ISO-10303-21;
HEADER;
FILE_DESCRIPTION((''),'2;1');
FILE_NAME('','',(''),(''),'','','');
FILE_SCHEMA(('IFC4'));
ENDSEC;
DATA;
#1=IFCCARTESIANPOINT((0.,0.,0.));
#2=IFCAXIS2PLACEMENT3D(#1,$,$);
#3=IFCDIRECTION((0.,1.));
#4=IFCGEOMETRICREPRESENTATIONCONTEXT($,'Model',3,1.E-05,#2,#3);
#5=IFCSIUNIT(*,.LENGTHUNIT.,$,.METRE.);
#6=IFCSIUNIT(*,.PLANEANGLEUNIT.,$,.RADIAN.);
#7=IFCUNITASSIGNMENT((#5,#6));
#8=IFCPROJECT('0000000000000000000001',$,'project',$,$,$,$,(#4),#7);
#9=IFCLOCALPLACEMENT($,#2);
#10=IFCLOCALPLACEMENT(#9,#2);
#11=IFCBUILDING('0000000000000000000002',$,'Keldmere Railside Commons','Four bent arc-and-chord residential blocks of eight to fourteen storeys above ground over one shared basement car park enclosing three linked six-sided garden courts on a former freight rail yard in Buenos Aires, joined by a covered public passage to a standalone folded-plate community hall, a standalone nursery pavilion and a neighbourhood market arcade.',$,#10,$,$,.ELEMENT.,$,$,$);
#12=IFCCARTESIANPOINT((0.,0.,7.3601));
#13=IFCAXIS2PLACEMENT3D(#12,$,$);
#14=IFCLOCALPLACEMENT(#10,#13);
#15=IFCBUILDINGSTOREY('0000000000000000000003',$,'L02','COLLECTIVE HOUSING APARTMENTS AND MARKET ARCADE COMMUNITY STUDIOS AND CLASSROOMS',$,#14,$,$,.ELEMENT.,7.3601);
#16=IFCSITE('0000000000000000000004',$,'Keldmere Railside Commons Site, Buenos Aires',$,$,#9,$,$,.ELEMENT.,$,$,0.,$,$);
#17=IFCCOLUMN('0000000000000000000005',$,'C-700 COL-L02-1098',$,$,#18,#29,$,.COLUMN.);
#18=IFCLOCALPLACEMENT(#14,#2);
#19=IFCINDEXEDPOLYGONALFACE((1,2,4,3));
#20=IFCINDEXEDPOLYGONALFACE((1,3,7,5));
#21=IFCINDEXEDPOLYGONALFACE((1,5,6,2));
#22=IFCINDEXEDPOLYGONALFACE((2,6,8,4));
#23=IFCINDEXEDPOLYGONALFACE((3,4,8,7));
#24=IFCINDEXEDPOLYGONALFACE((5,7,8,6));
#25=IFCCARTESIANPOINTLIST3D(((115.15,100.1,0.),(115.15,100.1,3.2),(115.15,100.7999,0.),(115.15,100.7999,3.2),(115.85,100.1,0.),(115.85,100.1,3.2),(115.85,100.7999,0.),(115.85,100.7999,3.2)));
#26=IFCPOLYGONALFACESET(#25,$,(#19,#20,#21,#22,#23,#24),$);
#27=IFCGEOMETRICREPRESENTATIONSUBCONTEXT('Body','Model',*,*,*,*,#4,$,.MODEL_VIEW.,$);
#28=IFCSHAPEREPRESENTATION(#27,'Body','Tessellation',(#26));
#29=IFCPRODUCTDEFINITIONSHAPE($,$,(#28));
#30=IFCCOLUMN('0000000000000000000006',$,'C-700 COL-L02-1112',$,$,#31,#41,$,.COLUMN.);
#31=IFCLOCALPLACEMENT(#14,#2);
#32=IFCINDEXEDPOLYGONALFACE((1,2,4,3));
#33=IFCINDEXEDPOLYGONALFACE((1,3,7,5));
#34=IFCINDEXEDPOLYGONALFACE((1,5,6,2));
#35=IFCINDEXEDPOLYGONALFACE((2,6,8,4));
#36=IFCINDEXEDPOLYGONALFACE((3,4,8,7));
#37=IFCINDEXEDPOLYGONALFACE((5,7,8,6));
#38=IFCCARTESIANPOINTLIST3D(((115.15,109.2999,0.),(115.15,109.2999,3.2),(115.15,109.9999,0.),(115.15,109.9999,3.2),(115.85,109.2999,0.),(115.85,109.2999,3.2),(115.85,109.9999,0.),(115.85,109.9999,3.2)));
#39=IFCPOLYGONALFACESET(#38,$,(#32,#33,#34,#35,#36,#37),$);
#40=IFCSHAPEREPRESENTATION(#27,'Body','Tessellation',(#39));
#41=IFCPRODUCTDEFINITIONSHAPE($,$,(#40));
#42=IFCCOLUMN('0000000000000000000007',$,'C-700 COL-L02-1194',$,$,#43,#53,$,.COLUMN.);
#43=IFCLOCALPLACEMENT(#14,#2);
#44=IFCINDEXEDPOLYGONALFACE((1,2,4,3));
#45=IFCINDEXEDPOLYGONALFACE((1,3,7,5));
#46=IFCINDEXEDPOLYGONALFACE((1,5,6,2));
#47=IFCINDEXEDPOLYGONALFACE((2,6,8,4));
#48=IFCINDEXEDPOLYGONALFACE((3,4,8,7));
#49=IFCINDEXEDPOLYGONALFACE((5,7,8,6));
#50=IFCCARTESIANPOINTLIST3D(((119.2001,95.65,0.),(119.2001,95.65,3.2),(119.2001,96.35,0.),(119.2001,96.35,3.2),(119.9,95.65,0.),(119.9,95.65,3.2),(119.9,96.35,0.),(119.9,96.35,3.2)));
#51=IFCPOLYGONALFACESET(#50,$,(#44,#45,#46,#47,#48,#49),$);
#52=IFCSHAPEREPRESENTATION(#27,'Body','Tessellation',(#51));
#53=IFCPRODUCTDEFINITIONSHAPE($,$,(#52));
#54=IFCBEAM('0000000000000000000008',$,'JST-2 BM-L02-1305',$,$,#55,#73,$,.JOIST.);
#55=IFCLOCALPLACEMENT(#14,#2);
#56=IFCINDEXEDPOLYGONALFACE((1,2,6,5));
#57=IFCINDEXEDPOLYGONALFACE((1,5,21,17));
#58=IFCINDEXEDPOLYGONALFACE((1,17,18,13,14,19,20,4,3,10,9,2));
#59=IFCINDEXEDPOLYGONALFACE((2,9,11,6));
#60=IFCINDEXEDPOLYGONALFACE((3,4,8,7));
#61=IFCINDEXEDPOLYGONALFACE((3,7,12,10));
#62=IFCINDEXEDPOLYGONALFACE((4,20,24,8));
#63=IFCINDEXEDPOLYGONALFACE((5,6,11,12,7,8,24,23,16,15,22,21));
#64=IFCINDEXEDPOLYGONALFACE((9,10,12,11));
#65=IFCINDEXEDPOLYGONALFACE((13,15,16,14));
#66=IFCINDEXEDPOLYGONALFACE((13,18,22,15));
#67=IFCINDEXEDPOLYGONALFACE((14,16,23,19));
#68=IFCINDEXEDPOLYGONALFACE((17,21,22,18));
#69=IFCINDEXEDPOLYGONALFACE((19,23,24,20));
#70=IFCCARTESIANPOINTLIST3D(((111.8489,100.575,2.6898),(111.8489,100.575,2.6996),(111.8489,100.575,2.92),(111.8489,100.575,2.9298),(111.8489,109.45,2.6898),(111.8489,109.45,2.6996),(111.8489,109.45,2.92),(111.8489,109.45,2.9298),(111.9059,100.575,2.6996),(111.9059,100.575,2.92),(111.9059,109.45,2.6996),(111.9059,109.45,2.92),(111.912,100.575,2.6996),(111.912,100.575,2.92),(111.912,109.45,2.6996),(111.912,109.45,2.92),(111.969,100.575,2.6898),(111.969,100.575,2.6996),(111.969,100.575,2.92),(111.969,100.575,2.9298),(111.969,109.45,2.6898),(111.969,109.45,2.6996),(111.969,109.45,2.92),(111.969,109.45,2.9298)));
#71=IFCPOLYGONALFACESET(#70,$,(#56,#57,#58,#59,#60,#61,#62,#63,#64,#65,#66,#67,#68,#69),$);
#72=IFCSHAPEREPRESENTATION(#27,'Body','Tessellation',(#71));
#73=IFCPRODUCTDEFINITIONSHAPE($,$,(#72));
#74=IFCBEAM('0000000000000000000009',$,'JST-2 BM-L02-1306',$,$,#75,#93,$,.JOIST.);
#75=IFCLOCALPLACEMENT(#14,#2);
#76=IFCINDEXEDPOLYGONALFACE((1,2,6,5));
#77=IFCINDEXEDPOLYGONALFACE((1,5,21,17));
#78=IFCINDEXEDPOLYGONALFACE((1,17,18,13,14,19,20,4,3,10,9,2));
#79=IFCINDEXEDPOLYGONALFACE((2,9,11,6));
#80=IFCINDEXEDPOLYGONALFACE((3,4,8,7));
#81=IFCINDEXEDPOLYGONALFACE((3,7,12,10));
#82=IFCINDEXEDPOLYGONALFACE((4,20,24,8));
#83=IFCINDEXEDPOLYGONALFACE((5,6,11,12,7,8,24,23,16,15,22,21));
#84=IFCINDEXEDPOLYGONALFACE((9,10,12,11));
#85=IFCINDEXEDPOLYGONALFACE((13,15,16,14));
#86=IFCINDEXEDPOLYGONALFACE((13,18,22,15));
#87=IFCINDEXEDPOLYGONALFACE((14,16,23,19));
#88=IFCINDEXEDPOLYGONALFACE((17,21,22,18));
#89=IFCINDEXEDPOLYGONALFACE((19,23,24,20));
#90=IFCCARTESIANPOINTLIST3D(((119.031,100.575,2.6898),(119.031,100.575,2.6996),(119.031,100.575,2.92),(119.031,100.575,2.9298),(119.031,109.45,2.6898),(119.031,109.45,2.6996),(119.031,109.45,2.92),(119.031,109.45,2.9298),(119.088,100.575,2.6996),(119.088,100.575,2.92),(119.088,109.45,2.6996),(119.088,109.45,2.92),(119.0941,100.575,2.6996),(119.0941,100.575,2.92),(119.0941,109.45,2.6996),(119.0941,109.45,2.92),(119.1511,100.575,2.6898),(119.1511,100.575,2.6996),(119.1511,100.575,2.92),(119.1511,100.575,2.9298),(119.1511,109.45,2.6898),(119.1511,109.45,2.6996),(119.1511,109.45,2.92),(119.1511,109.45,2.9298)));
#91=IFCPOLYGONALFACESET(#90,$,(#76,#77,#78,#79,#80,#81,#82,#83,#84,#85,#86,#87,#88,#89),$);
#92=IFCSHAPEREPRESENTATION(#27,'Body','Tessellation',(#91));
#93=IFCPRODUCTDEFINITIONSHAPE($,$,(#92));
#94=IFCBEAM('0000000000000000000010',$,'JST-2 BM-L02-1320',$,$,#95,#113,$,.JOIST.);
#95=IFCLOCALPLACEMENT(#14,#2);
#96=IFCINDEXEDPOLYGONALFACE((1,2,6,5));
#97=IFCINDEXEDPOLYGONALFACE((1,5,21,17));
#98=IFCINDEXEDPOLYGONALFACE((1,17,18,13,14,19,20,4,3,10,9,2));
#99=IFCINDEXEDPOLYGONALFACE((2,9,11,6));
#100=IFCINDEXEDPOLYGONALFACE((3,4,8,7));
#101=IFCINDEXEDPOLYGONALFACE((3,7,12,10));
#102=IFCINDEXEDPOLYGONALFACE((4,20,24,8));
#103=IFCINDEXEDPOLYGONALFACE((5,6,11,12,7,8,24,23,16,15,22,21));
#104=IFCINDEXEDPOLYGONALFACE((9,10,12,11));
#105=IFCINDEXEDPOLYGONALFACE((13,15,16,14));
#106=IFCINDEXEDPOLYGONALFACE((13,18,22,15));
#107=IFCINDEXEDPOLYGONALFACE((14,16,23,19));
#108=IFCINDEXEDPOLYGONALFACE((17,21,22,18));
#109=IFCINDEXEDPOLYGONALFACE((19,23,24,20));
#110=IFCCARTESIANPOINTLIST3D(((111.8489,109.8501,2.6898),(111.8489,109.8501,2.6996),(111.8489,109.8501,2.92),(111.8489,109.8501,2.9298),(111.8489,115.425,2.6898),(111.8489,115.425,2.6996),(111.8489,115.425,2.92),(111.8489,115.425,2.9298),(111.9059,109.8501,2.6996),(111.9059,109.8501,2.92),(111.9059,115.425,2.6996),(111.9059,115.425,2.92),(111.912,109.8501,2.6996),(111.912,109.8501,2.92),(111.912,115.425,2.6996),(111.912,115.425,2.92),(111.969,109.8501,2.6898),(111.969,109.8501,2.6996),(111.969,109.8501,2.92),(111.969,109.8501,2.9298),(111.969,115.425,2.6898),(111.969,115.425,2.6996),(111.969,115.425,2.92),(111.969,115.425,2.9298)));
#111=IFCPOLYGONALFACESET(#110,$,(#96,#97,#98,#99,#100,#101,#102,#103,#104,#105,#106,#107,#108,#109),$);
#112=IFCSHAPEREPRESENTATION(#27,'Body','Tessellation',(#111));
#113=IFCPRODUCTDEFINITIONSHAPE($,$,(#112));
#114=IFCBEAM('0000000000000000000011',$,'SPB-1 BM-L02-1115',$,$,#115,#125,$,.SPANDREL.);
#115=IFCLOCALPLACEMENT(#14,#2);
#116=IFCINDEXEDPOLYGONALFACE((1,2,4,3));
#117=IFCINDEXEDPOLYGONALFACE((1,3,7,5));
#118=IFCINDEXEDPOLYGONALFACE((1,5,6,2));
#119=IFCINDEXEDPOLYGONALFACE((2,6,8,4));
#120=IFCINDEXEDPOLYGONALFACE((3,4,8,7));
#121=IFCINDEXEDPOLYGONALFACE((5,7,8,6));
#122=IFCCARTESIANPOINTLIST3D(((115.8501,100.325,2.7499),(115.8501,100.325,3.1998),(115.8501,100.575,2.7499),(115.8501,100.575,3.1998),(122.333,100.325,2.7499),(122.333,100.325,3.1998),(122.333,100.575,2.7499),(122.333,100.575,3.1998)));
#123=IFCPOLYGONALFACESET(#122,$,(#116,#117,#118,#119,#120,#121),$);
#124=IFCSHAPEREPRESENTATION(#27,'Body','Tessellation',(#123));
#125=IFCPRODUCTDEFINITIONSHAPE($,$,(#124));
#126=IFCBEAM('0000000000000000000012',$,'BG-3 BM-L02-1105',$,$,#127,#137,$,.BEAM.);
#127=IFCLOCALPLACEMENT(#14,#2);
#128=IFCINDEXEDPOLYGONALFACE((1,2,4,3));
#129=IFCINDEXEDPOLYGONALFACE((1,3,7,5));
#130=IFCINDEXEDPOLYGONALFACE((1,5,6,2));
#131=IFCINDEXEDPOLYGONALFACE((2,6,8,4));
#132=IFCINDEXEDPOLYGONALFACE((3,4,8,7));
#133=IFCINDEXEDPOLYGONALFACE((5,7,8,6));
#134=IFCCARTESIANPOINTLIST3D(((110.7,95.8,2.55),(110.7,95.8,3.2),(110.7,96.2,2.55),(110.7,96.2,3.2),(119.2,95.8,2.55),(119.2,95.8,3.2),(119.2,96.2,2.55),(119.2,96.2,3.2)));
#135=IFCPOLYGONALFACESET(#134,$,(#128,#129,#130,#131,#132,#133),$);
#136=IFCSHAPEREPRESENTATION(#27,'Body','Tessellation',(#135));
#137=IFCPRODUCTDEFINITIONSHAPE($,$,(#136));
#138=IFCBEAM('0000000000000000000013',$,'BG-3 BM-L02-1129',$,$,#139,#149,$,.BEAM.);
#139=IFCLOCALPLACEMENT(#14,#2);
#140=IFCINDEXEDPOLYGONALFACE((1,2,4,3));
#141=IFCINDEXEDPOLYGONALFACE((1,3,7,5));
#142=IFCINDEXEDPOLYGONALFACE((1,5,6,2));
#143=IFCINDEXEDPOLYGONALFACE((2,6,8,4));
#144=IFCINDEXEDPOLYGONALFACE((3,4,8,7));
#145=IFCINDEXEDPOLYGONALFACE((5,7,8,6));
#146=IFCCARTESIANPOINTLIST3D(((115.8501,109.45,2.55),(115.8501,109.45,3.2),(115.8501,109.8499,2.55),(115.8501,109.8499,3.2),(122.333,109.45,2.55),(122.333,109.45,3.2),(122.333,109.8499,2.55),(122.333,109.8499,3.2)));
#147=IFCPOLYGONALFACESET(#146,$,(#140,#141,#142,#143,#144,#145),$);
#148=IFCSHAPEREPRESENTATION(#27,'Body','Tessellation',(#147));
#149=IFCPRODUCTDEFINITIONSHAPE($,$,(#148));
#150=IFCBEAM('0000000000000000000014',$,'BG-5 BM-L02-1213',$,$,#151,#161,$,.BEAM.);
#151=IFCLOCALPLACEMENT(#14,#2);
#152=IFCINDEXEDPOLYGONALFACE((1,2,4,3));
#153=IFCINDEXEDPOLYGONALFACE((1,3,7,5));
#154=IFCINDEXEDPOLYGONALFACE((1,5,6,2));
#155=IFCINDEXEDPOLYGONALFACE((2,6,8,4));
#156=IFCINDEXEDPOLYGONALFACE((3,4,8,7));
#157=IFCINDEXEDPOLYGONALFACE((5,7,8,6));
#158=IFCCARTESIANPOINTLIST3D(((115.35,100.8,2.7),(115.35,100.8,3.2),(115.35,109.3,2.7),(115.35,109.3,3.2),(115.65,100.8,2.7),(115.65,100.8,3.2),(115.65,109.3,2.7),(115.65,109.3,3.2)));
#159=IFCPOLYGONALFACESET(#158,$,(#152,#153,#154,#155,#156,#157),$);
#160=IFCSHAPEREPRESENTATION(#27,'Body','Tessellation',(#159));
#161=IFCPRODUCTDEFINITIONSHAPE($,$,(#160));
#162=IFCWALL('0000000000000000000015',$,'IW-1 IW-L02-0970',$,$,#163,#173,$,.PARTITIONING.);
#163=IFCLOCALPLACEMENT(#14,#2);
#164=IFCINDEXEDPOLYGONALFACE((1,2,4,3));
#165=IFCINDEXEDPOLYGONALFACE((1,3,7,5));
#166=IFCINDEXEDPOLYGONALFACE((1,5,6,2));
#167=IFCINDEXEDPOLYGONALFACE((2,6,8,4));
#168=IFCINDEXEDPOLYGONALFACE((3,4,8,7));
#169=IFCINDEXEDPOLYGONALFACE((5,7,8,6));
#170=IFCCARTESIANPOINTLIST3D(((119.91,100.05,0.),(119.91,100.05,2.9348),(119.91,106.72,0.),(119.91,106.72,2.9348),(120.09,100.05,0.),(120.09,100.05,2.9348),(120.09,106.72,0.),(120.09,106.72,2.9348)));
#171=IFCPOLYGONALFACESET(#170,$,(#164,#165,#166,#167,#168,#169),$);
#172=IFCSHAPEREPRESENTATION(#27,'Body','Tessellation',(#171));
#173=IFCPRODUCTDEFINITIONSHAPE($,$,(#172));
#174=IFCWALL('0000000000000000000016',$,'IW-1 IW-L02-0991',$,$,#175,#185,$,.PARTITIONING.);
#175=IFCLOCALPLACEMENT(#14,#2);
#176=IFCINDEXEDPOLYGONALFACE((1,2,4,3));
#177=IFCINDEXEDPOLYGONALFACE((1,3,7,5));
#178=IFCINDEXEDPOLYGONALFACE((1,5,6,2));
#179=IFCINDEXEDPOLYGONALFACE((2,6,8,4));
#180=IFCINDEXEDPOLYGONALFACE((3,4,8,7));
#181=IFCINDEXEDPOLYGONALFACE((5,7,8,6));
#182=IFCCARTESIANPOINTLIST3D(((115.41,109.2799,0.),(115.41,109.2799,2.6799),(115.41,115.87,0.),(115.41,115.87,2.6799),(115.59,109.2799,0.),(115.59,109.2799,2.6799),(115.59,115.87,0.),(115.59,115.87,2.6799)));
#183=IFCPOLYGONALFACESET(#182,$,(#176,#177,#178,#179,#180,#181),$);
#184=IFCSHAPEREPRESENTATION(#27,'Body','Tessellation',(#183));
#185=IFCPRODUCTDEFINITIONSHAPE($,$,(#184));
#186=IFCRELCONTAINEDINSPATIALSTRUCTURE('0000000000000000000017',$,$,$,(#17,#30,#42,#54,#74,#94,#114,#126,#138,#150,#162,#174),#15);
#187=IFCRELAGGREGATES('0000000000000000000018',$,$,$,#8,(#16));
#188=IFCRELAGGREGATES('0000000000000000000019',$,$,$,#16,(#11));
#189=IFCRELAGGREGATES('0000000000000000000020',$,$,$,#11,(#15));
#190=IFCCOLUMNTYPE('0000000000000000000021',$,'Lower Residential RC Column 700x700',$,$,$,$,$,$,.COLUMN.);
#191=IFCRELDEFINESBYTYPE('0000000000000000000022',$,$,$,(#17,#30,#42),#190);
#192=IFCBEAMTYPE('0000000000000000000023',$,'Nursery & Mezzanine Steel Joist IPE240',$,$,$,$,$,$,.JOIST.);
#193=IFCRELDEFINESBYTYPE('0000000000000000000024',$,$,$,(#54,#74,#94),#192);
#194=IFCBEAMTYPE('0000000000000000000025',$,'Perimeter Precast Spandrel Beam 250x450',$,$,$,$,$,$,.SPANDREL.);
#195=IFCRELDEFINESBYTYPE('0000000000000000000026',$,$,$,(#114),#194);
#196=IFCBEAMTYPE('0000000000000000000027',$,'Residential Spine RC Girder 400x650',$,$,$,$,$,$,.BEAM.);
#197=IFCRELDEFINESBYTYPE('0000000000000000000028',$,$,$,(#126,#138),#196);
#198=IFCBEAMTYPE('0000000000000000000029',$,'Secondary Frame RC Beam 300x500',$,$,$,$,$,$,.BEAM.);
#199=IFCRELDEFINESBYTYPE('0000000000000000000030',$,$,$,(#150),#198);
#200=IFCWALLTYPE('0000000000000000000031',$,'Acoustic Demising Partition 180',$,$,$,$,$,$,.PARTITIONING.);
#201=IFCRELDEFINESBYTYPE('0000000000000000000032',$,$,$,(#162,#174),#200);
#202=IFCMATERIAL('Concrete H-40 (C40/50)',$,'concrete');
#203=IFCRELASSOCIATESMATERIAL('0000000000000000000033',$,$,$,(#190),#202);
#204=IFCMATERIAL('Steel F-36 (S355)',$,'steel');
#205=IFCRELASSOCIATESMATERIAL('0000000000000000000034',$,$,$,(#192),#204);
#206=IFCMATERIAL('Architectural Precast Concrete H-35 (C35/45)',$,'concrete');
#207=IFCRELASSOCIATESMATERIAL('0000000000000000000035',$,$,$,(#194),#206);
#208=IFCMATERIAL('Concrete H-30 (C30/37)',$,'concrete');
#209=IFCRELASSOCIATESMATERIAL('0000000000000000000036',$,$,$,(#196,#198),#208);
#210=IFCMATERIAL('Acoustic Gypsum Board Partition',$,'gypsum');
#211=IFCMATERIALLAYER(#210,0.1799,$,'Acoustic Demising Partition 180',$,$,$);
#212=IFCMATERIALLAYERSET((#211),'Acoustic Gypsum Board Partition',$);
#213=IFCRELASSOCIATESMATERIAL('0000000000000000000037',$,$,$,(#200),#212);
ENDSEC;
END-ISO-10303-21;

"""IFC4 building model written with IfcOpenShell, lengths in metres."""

from ifc_helpers import new_model, si_unit, direction, frame, frame_2d, origin, origin_2d, place, context, subcontext, project, spatial, rectangle, i_section, extrude, material, layer, layer_set, material_profile, profile_set, type_object, element, save


model = new_model("IFC4")

# Units and contexts
model_context = context("Model", 3, precision=1e-05, world=origin(), true_north=direction((0.0, 1.0)))
body_context = subcontext(model_context, "Body", "Model", "MODEL_VIEW")
ifc_project = project(units=[si_unit("LENGTHUNIT", "METRE"), si_unit("PLANEANGLEUNIT", "RADIAN")], contexts=[model_context])

# Site, building, storey
site_placement = place(None, origin())
site = spatial("IfcSite", under=ifc_project, at=site_placement, Name="Keldmere Railside Commons Site, Buenos Aires", CompositionType="ELEMENT", RefElevation=0.0)
building_placement = place(site_placement, origin())
building = spatial("IfcBuilding", under=site, at=building_placement, Name="Keldmere Railside Commons", Description="Four bent arc-and-chord residential blocks of eight to fourteen storeys above ground over one shared basement car park enclosing three linked six-sided garden courts on a former freight rail yard in Buenos Aires, joined by a covered public passage to a standalone folded-plate community hall, a standalone nursery pavilion and a neighbourhood market arcade.", CompositionType="ELEMENT")
storey_placement = place(building_placement, frame((0.0, 0.0, 7.3601)))
storey = spatial("IfcBuildingStorey", under=building, at=storey_placement, Name="L02", Description="COLLECTIVE HOUSING APARTMENTS AND MARKET ARCADE COMMUNITY STUDIOS AND CLASSROOMS", CompositionType="ELEMENT", Elevation=7.3601)

# Columns
ifc_material_1 = material(Name="Concrete H-40 (C40/50)", Category="concrete")
ifc_material_profile_1 = material_profile(ifc_material_1, rectangle(XDim=0.7, YDim=0.7, at=origin_2d()), Name="RC-700x700")
ifc_profile_set_1 = profile_set([ifc_material_profile_1], Name="Concrete H-40 (C40/50)")
column_type = type_object("IfcColumnType", Name="Lower Residential RC Column 700x700", PredefinedType="COLUMN", material=ifc_profile_set_1)
for number, where, z_axis, x_axis, name in (
    (1, (115.5, 100.45, 0.0), (0.0, 0.0, 1.0), (1.0, 0.0, 0.0), "C-700 COL-L02-1098"),
    (2, (115.5, 109.6499, 0.0), (0.0, 0.0, 1.0), (1.0, 0.0, 0.0), "C-700 COL-L02-1112"),
    (3, (119.55, 96.0, 0.0), (0.0, 0.0, 1.0), (1.0, 0.0, 0.0), "C-700 COL-L02-1194"),
):
    element("IfcColumn", number, at=place(storey_placement, frame(where, z_axis=z_axis, x_axis=x_axis)), inside=storey, type_object=column_type, Name=name, PredefinedType="COLUMN", context=body_context, shape_type="SweptSolid", body=[
        extrude(rectangle(XDim=0.7, YDim=0.7, at=origin_2d()), origin(), (0.0, 0.0, 1.0), 3.2),
    ])

# Beams
ifc_material_2 = material(Name="Steel F-36 (S355)", Category="steel")
ifc_material_profile_2 = material_profile(ifc_material_2, i_section(OverallWidth=0.1201, OverallDepth=0.24, WebThickness=0.0061, FlangeThickness=0.0098, at=origin_2d()), Name="IPE-240")
ifc_profile_set_2 = profile_set([ifc_material_profile_2], Name="Steel F-36 (S355)")
beam_type_1 = type_object("IfcBeamType", Name="Nursery & Mezzanine Steel Joist IPE240", PredefinedType="JOIST", material=ifc_profile_set_2)
for number, where, z_axis, x_axis, name in (
    (4, (111.9089, 100.575, 2.8098), (0.0, 1.0, 0.0), (-1.0, 0.0, 0.0), "JST-2 BM-L02-1305"),
    (5, (119.0911, 100.575, 2.8098), (0.0, 1.0, 0.0), (-1.0, 0.0, 0.0), "JST-2 BM-L02-1306"),
):
    element("IfcBeam", number, at=place(storey_placement, frame(where, z_axis=z_axis, x_axis=x_axis)), inside=storey, type_object=beam_type_1, Name=name, PredefinedType="JOIST", context=body_context, shape_type="SweptSolid", body=[
        extrude(i_section(OverallWidth=0.1201, OverallDepth=0.24, WebThickness=0.0061, FlangeThickness=0.0098, at=origin_2d()), origin(), (0.0, 0.0, 1.0), 8.875),
    ])
beam_1_placement = place(storey_placement, frame((111.9089, 109.8501, 2.8098), z_axis=(0.0, 1.0, 0.0), x_axis=(-1.0, 0.0, 0.0)))
element("IfcBeam", 6, at=beam_1_placement, inside=storey, type_object=beam_type_1, Name="JST-2 BM-L02-1320", PredefinedType="JOIST", context=body_context, shape_type="SweptSolid", body=[
    extrude(i_section(OverallWidth=0.1201, OverallDepth=0.24, WebThickness=0.0061, FlangeThickness=0.0098, at=origin_2d()), origin(), (0.0, 0.0, 1.0), 5.575),
])
ifc_material_3 = material(Name="Architectural Precast Concrete H-35 (C35/45)", Category="concrete")
ifc_material_profile_3 = material_profile(ifc_material_3, rectangle(XDim=0.25, YDim=0.45, at=origin_2d()), Name="RC-250x450")
ifc_profile_set_3 = profile_set([ifc_material_profile_3], Name="Architectural Precast Concrete H-35 (C35/45)")
beam_type_2 = type_object("IfcBeamType", Name="Perimeter Precast Spandrel Beam 250x450", PredefinedType="SPANDREL", material=ifc_profile_set_3)
beam_2_placement = place(storey_placement, frame((115.8501, 100.45, 2.9749), z_axis=(1.0, 0.0, 0.0), x_axis=(0.0, 1.0, 0.0)))
element("IfcBeam", 7, at=beam_2_placement, inside=storey, type_object=beam_type_2, Name="SPB-1 BM-L02-1115", PredefinedType="SPANDREL", context=body_context, shape_type="SweptSolid", body=[
    extrude(rectangle(XDim=0.25, YDim=0.45, at=origin_2d()), origin(), (0.0, 0.0, 1.0), 6.4829),
])
ifc_material_4 = material(Name="Concrete H-30 (C30/37)", Category="concrete")
ifc_material_profile_4 = material_profile(ifc_material_4, rectangle(XDim=0.3999, YDim=0.6499, at=origin_2d()), Name="RC-400x650")
ifc_profile_set_4 = profile_set([ifc_material_profile_4], Name="Concrete H-30 (C30/37)")
beam_type_3 = type_object("IfcBeamType", Name="Residential Spine RC Girder 400x650", PredefinedType="BEAM", material=ifc_profile_set_4)
beam_3_placement = place(storey_placement, frame((110.7, 96.0, 2.875), z_axis=(1.0, 0.0, 0.0), x_axis=(0.0, 1.0, 0.0)))
element("IfcBeam", 8, at=beam_3_placement, inside=storey, type_object=beam_type_3, Name="BG-3 BM-L02-1105", PredefinedType="BEAM", context=body_context, shape_type="SweptSolid", body=[
    extrude(rectangle(XDim=0.3999, YDim=0.6499, at=origin_2d()), origin(), (0.0, 0.0, 1.0), 8.5),
])
beam_4_placement = place(storey_placement, frame((115.8501, 109.6499, 2.875), z_axis=(1.0, 0.0, 0.0), x_axis=(0.0, 1.0, 0.0)))
element("IfcBeam", 9, at=beam_4_placement, inside=storey, type_object=beam_type_3, Name="BG-3 BM-L02-1129", PredefinedType="BEAM", context=body_context, shape_type="SweptSolid", body=[
    extrude(rectangle(XDim=0.3999, YDim=0.6499, at=origin_2d()), origin(), (0.0, 0.0, 1.0), 6.4829),
])
ifc_material_profile_5 = material_profile(ifc_material_4, rectangle(XDim=0.3, YDim=0.5, at=origin_2d()), Name="RC-300x500")
ifc_profile_set_5 = profile_set([ifc_material_profile_5], Name="Concrete H-30 (C30/37)")
beam_type_4 = type_object("IfcBeamType", Name="Secondary Frame RC Beam 300x500", PredefinedType="BEAM", material=ifc_profile_set_5)
beam_5_placement = place(storey_placement, frame((115.5, 100.8, 2.95), z_axis=(0.0, 1.0, 0.0), x_axis=(-1.0, 0.0, 0.0)))
element("IfcBeam", 10, at=beam_5_placement, inside=storey, type_object=beam_type_4, Name="BG-5 BM-L02-1213", PredefinedType="BEAM", context=body_context, shape_type="SweptSolid", body=[
    extrude(rectangle(XDim=0.3, YDim=0.5, at=origin_2d()), origin(), (0.0, 0.0, 1.0), 8.5),
])

# Walls
ifc_material_5 = material(Name="Acoustic Gypsum Board Partition", Category="gypsum")
ifc_layer_1 = layer(ifc_material_5, 0.1799, Name="Acoustic Demising Partition 180")
ifc_layer_set_1 = layer_set([ifc_layer_1], Name="Acoustic Gypsum Board Partition")
wall_type_1 = type_object("IfcWallType", Name="Acoustic Demising Partition 180", PredefinedType="PARTITIONING", material=ifc_layer_set_1)
wall_1_placement = place(storey_placement, frame((120.0, 100.05, 0.0), z_axis=(0.0, 0.0, 1.0), x_axis=(0.0, 1.0, 0.0)))
element("IfcWall", 11, at=wall_1_placement, inside=storey, type_object=wall_type_1, Name="IW-1 IW-L02-0970", PredefinedType="PARTITIONING", context=body_context, shape_type="SweptSolid", body=[
    extrude(rectangle(XDim=6.6699, YDim=0.1799, at=frame_2d((3.335, 0.0))), origin(), (0.0, 0.0, 1.0), 2.9348),
])
wall_2_placement = place(storey_placement, frame((115.5, 109.28, 0.0), z_axis=(0.0, 0.0, 1.0), x_axis=(0.0, 1.0, 0.0)))
element("IfcWall", 12, at=wall_2_placement, inside=storey, type_object=wall_type_1, Name="IW-1 IW-L02-0991", PredefinedType="PARTITIONING", context=body_context, shape_type="SweptSolid", body=[
    extrude(rectangle(XDim=6.5901, YDim=0.1799, at=frame_2d((3.2949, 0.0))), origin(), (0.0, 0.0, 1.0), 2.6799),
])

save(model, "model.ifc")
